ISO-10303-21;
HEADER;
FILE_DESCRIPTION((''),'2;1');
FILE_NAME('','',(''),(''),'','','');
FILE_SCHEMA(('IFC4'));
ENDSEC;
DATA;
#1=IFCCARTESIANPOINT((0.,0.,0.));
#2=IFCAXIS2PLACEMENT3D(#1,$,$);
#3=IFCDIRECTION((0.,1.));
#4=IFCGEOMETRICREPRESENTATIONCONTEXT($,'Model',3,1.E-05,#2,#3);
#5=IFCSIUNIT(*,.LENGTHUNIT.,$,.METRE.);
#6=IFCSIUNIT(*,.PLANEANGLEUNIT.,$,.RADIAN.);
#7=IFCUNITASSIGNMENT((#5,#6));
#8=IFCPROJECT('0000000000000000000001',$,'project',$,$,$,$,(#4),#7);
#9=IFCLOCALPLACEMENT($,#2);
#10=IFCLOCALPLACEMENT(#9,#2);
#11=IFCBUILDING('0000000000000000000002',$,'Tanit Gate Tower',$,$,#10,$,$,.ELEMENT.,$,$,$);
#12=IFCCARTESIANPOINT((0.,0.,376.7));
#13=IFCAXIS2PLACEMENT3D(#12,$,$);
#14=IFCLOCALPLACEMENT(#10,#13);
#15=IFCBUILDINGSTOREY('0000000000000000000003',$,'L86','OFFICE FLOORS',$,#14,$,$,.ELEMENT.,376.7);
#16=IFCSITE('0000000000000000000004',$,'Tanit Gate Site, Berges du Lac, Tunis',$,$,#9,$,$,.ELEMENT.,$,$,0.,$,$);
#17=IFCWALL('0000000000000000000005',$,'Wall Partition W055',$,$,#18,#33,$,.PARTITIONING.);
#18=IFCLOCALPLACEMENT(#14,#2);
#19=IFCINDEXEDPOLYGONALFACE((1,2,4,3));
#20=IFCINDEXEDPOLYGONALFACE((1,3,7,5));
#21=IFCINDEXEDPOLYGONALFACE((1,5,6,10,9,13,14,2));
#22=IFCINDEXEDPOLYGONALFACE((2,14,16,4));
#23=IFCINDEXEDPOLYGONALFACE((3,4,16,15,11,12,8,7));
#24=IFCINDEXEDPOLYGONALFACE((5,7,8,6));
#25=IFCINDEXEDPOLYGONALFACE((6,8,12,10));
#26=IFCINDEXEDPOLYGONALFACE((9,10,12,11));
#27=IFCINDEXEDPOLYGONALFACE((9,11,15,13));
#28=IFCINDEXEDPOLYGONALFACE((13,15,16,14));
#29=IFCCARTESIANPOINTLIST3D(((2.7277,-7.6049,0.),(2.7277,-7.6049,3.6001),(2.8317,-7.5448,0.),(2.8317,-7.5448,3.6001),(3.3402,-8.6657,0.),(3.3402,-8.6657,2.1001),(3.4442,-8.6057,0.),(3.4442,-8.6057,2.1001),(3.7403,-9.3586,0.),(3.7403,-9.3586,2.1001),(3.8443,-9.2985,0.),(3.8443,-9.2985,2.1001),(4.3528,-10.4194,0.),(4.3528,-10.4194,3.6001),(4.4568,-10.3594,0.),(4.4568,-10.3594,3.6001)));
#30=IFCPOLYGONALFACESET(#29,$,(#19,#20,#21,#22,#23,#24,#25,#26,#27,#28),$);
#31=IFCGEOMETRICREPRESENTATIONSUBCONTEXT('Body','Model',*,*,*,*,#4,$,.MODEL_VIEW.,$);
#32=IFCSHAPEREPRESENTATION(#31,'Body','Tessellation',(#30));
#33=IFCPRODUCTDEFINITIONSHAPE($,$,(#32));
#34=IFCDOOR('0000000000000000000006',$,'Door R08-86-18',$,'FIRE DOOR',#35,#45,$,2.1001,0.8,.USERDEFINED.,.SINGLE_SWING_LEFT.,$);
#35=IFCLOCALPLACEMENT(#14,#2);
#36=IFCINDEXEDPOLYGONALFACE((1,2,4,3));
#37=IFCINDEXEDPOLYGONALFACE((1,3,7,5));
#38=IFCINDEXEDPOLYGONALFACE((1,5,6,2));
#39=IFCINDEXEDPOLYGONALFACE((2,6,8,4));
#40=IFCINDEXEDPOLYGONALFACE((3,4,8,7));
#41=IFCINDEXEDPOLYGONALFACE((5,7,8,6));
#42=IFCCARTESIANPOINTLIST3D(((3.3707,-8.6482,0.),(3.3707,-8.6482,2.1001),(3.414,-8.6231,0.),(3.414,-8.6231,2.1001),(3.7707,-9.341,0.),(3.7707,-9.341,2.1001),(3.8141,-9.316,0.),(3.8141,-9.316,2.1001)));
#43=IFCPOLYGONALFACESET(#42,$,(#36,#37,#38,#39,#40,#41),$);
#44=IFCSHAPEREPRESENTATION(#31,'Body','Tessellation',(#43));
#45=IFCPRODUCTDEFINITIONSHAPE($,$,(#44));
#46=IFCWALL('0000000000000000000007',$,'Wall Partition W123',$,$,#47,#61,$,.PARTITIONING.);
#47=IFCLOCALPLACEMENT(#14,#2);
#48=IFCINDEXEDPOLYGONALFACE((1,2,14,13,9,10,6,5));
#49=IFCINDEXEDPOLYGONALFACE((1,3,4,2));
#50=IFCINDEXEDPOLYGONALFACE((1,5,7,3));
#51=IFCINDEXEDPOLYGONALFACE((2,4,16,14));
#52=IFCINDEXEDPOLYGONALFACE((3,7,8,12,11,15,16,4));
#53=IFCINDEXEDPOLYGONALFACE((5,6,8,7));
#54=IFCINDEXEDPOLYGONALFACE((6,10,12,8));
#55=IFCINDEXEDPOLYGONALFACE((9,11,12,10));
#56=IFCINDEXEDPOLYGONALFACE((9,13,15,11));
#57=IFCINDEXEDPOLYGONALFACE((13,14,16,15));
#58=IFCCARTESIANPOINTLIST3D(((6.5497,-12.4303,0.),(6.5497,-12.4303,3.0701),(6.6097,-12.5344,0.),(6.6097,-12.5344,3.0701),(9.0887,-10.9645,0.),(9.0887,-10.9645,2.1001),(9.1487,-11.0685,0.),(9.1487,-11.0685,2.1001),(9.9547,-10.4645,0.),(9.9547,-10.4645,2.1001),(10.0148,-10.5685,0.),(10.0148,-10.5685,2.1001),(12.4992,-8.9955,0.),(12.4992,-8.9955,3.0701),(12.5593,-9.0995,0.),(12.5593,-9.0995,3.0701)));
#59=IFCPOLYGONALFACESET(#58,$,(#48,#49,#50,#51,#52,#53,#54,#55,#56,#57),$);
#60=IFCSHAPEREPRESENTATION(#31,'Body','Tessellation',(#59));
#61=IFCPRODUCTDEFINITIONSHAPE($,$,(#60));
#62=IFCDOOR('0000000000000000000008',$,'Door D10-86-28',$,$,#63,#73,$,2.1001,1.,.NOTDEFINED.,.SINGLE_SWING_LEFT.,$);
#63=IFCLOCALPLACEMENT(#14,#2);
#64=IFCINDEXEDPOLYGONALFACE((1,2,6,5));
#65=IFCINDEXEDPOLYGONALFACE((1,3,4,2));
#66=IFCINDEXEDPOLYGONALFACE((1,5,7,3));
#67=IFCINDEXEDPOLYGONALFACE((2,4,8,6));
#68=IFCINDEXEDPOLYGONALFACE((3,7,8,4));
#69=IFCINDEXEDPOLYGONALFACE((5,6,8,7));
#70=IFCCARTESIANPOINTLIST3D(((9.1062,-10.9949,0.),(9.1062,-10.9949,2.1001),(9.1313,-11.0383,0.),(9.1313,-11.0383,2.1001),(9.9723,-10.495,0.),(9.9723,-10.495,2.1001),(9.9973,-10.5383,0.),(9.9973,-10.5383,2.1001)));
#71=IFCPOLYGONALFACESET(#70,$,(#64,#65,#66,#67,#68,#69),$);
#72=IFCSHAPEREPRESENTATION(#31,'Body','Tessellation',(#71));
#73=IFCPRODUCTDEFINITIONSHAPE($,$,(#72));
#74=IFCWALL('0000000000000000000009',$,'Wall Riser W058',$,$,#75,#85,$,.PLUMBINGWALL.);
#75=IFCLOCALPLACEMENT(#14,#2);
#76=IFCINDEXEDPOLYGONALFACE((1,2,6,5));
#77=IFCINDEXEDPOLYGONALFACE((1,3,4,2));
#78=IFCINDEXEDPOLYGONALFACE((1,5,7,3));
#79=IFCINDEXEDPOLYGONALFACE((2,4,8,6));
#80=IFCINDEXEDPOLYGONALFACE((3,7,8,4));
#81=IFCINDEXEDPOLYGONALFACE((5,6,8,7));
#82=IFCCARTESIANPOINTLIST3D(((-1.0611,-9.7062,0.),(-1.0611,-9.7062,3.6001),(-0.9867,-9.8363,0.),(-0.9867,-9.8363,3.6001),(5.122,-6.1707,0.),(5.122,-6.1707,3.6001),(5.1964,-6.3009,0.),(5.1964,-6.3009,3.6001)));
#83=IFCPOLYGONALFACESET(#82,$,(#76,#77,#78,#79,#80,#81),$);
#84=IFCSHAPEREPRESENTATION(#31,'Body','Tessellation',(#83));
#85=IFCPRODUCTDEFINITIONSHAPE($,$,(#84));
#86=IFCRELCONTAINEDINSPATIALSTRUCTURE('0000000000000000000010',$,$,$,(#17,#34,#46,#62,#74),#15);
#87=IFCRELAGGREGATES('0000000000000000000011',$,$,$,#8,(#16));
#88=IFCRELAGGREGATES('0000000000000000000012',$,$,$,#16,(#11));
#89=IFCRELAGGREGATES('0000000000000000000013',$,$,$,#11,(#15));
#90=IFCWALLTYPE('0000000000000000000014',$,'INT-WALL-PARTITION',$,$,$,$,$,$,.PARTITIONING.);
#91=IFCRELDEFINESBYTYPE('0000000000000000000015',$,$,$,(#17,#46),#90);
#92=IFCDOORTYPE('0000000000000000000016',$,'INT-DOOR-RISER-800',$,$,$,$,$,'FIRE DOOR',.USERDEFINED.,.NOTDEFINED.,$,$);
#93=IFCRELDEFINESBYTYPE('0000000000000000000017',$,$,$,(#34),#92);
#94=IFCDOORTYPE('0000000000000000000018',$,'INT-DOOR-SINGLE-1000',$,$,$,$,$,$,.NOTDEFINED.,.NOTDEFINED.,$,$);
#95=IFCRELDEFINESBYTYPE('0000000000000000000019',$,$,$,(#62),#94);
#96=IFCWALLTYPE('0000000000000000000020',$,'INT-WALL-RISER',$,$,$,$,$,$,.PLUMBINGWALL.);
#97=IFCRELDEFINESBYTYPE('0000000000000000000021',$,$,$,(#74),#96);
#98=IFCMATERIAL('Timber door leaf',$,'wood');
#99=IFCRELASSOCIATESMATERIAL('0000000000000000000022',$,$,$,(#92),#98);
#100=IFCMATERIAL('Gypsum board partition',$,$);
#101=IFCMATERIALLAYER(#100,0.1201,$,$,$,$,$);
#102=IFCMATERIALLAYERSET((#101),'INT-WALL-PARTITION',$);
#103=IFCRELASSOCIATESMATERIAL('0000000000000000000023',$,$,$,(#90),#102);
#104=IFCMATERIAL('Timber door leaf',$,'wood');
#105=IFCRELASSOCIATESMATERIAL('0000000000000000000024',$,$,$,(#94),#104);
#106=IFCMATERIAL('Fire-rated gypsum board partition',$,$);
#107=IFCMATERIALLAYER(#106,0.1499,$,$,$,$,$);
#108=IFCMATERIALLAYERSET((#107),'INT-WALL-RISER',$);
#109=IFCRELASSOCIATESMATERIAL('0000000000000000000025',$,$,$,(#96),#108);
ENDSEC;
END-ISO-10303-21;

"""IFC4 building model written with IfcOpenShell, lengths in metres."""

from ifc_helpers import new_model, si_unit, direction, frame, frame_2d, origin, place, context, subcontext, project, spatial, rectangle, extrude, material, layer, layer_set, type_object, element, fill, save


model = new_model("IFC4")

# Units and contexts
model_context = context("Model", 3, precision=1e-05, world=origin(), true_north=direction((0.0, 1.0)))
body_context = subcontext(model_context, "Body", "Model", "MODEL_VIEW")
ifc_project = project(units=[si_unit("LENGTHUNIT", "METRE"), si_unit("PLANEANGLEUNIT", "RADIAN")], contexts=[model_context])

# Site, building, storey
site_placement = place(None, origin())
site = spatial("IfcSite", under=ifc_project, at=site_placement, Name="Tanit Gate Site, Berges du Lac, Tunis", CompositionType="ELEMENT", RefElevation=0.0)
building_placement = place(site_placement, origin())
building = spatial("IfcBuilding", under=site, at=building_placement, Name="Tanit Gate Tower", CompositionType="ELEMENT")
storey_placement = place(building_placement, frame((0.0, 0.0, 376.7)))
storey = spatial("IfcBuildingStorey", under=building, at=storey_placement, Name="L86", Description="OFFICE FLOORS", CompositionType="ELEMENT", Elevation=376.7)

# Shared definitions
ifc_material_1 = material(Name="Timber door leaf", Category="wood")
door_type_1 = type_object("IfcDoorType", Name="INT-DOOR-RISER-800", ElementType="FIRE DOOR", OperationType="NOTDEFINED", PredefinedType="USERDEFINED", material=ifc_material_1)

# Walls, openings, doors
ifc_material_2 = material(Name="Gypsum board partition")
ifc_layer_1 = layer(ifc_material_2, 0.1201)
ifc_layer_set_1 = layer_set([ifc_layer_1], Name="INT-WALL-PARTITION")
wall_type_1 = type_object("IfcWallType", Name="INT-WALL-PARTITION", PredefinedType="PARTITIONING", material=ifc_layer_set_1)
wall_1_placement = place(storey_placement, frame((4.4048, -10.3894, 0.0), z_axis=(0.0, 0.0, 1.0), x_axis=(-0.500017, 0.866015, 0.0)))
wall_1 = element("IfcWall", 1, at=wall_1_placement, inside=storey, type_object=wall_type_1, Name="Wall Partition W055", PredefinedType="PARTITIONING", context=body_context, shape_type="SweptSolid", body=[
    extrude(rectangle(XDim=3.25, YDim=0.1201, at=frame_2d((1.625, 0.0))), origin(), (0.0, 0.0, 1.0), 3.6001),
])
opening_1_placement = place(wall_1_placement, frame((1.2251, 0.0, 0.0)))
opening_1 = element("IfcOpeningElement", 2, at=opening_1_placement, cuts=wall_1, PredefinedType="OPENING", context=body_context, shape_type="SweptSolid", body=[
    extrude(rectangle(XDim=0.8, YDim=2.1001, at=frame_2d((0.3999, 1.05))), frame((0.0, 0.0701, 0.0), z_axis=(0.0, -1.0, 0.0), x_axis=(1.0, 0.0, 0.0)), (0.0, 0.0, 1.0), 0.1401),
])
door_1_placement = place(opening_1_placement, origin())
door_1 = element("IfcDoor", 3, at=door_1_placement, inside=storey, type_object=door_type_1, Name="Door R08-86-18", ObjectType="FIRE DOOR", OperationType="SINGLE_SWING_LEFT", OverallHeight=2.1001, OverallWidth=0.8, PredefinedType="USERDEFINED", context=body_context, shape_type="SweptSolid", body=[
    extrude(rectangle(XDim=0.8, YDim=2.1001, at=frame_2d((0.3999, 1.05))), frame((0.0, 0.0249, 0.0), z_axis=(0.0, -1.0, 0.0), x_axis=(1.0, 0.0, 0.0)), (0.0, 0.0, 1.0), 0.05),
])
fill(opening_1, door_1)
wall_2_placement = place(storey_placement, frame((6.5796, -12.4824, 0.0), z_axis=(0.0, 0.0, 1.0), x_axis=(0.866032, 0.499988, 0.0)))
wall_2 = element("IfcWall", 4, at=wall_2_placement, inside=storey, type_object=wall_type_1, Name="Wall Partition W123", PredefinedType="PARTITIONING", context=body_context, shape_type="SweptSolid", body=[
    extrude(rectangle(XDim=6.8699, YDim=0.1201, at=frame_2d((3.4351, 0.0))), origin(), (0.0, 0.0, 1.0), 3.0701),
])
opening_2_placement = place(wall_2_placement, frame((2.9319, 0.0, 0.0)))
opening_2 = element("IfcOpeningElement", 5, at=opening_2_placement, cuts=wall_2, PredefinedType="OPENING", context=body_context, shape_type="SweptSolid", body=[
    extrude(rectangle(XDim=1.0, YDim=2.1001, at=frame_2d((0.5, 1.05))), frame((0.0, 0.0701, 0.0), z_axis=(0.0, -1.0, 0.0), x_axis=(1.0, 0.0, 0.0)), (0.0, 0.0, 1.0), 0.1401),
])
ifc_material_3 = material(Name="Timber door leaf", Category="wood")
door_type_2 = type_object("IfcDoorType", Name="INT-DOOR-SINGLE-1000", OperationType="NOTDEFINED", PredefinedType="NOTDEFINED", material=ifc_material_3)
door_2_placement = place(opening_2_placement, origin())
door_2 = element("IfcDoor", 6, at=door_2_placement, inside=storey, type_object=door_type_2, Name="Door D10-86-28", OperationType="SINGLE_SWING_LEFT", OverallHeight=2.1001, OverallWidth=1.0, PredefinedType="NOTDEFINED", context=body_context, shape_type="SweptSolid", body=[
    extrude(rectangle(XDim=1.0, YDim=2.1001, at=frame_2d((0.5, 1.05))), frame((0.0, 0.0249, 0.0), z_axis=(0.0, -1.0, 0.0), x_axis=(1.0, 0.0, 0.0)), (0.0, 0.0, 1.0), 0.05),
])
fill(opening_2, door_2)

# Wall
ifc_material_4 = material(Name="Fire-rated gypsum board partition")
ifc_layer_2 = layer(ifc_material_4, 0.1499)
ifc_layer_set_2 = layer_set([ifc_layer_2], Name="INT-WALL-RISER")
wall_type_2 = type_object("IfcWallType", Name="INT-WALL-RISER", PredefinedType="PLUMBINGWALL", material=ifc_layer_set_2)
wall_3_placement = place(storey_placement, frame((-1.0239, -9.7712, 0.0), z_axis=(0.0, 0.0, 1.0), x_axis=(0.86811, 0.496371, 0.0)))
element("IfcWall", 7, at=wall_3_placement, inside=storey, type_object=wall_type_2, Name="Wall Riser W058", PredefinedType="PLUMBINGWALL", context=body_context, shape_type="SweptSolid", body=[
    extrude(rectangle(XDim=7.1226, YDim=0.1499, at=frame_2d((3.5613, 0.0))), origin(), (0.0, 0.0, 1.0), 3.6001),
])

save(model, "model.ifc")
